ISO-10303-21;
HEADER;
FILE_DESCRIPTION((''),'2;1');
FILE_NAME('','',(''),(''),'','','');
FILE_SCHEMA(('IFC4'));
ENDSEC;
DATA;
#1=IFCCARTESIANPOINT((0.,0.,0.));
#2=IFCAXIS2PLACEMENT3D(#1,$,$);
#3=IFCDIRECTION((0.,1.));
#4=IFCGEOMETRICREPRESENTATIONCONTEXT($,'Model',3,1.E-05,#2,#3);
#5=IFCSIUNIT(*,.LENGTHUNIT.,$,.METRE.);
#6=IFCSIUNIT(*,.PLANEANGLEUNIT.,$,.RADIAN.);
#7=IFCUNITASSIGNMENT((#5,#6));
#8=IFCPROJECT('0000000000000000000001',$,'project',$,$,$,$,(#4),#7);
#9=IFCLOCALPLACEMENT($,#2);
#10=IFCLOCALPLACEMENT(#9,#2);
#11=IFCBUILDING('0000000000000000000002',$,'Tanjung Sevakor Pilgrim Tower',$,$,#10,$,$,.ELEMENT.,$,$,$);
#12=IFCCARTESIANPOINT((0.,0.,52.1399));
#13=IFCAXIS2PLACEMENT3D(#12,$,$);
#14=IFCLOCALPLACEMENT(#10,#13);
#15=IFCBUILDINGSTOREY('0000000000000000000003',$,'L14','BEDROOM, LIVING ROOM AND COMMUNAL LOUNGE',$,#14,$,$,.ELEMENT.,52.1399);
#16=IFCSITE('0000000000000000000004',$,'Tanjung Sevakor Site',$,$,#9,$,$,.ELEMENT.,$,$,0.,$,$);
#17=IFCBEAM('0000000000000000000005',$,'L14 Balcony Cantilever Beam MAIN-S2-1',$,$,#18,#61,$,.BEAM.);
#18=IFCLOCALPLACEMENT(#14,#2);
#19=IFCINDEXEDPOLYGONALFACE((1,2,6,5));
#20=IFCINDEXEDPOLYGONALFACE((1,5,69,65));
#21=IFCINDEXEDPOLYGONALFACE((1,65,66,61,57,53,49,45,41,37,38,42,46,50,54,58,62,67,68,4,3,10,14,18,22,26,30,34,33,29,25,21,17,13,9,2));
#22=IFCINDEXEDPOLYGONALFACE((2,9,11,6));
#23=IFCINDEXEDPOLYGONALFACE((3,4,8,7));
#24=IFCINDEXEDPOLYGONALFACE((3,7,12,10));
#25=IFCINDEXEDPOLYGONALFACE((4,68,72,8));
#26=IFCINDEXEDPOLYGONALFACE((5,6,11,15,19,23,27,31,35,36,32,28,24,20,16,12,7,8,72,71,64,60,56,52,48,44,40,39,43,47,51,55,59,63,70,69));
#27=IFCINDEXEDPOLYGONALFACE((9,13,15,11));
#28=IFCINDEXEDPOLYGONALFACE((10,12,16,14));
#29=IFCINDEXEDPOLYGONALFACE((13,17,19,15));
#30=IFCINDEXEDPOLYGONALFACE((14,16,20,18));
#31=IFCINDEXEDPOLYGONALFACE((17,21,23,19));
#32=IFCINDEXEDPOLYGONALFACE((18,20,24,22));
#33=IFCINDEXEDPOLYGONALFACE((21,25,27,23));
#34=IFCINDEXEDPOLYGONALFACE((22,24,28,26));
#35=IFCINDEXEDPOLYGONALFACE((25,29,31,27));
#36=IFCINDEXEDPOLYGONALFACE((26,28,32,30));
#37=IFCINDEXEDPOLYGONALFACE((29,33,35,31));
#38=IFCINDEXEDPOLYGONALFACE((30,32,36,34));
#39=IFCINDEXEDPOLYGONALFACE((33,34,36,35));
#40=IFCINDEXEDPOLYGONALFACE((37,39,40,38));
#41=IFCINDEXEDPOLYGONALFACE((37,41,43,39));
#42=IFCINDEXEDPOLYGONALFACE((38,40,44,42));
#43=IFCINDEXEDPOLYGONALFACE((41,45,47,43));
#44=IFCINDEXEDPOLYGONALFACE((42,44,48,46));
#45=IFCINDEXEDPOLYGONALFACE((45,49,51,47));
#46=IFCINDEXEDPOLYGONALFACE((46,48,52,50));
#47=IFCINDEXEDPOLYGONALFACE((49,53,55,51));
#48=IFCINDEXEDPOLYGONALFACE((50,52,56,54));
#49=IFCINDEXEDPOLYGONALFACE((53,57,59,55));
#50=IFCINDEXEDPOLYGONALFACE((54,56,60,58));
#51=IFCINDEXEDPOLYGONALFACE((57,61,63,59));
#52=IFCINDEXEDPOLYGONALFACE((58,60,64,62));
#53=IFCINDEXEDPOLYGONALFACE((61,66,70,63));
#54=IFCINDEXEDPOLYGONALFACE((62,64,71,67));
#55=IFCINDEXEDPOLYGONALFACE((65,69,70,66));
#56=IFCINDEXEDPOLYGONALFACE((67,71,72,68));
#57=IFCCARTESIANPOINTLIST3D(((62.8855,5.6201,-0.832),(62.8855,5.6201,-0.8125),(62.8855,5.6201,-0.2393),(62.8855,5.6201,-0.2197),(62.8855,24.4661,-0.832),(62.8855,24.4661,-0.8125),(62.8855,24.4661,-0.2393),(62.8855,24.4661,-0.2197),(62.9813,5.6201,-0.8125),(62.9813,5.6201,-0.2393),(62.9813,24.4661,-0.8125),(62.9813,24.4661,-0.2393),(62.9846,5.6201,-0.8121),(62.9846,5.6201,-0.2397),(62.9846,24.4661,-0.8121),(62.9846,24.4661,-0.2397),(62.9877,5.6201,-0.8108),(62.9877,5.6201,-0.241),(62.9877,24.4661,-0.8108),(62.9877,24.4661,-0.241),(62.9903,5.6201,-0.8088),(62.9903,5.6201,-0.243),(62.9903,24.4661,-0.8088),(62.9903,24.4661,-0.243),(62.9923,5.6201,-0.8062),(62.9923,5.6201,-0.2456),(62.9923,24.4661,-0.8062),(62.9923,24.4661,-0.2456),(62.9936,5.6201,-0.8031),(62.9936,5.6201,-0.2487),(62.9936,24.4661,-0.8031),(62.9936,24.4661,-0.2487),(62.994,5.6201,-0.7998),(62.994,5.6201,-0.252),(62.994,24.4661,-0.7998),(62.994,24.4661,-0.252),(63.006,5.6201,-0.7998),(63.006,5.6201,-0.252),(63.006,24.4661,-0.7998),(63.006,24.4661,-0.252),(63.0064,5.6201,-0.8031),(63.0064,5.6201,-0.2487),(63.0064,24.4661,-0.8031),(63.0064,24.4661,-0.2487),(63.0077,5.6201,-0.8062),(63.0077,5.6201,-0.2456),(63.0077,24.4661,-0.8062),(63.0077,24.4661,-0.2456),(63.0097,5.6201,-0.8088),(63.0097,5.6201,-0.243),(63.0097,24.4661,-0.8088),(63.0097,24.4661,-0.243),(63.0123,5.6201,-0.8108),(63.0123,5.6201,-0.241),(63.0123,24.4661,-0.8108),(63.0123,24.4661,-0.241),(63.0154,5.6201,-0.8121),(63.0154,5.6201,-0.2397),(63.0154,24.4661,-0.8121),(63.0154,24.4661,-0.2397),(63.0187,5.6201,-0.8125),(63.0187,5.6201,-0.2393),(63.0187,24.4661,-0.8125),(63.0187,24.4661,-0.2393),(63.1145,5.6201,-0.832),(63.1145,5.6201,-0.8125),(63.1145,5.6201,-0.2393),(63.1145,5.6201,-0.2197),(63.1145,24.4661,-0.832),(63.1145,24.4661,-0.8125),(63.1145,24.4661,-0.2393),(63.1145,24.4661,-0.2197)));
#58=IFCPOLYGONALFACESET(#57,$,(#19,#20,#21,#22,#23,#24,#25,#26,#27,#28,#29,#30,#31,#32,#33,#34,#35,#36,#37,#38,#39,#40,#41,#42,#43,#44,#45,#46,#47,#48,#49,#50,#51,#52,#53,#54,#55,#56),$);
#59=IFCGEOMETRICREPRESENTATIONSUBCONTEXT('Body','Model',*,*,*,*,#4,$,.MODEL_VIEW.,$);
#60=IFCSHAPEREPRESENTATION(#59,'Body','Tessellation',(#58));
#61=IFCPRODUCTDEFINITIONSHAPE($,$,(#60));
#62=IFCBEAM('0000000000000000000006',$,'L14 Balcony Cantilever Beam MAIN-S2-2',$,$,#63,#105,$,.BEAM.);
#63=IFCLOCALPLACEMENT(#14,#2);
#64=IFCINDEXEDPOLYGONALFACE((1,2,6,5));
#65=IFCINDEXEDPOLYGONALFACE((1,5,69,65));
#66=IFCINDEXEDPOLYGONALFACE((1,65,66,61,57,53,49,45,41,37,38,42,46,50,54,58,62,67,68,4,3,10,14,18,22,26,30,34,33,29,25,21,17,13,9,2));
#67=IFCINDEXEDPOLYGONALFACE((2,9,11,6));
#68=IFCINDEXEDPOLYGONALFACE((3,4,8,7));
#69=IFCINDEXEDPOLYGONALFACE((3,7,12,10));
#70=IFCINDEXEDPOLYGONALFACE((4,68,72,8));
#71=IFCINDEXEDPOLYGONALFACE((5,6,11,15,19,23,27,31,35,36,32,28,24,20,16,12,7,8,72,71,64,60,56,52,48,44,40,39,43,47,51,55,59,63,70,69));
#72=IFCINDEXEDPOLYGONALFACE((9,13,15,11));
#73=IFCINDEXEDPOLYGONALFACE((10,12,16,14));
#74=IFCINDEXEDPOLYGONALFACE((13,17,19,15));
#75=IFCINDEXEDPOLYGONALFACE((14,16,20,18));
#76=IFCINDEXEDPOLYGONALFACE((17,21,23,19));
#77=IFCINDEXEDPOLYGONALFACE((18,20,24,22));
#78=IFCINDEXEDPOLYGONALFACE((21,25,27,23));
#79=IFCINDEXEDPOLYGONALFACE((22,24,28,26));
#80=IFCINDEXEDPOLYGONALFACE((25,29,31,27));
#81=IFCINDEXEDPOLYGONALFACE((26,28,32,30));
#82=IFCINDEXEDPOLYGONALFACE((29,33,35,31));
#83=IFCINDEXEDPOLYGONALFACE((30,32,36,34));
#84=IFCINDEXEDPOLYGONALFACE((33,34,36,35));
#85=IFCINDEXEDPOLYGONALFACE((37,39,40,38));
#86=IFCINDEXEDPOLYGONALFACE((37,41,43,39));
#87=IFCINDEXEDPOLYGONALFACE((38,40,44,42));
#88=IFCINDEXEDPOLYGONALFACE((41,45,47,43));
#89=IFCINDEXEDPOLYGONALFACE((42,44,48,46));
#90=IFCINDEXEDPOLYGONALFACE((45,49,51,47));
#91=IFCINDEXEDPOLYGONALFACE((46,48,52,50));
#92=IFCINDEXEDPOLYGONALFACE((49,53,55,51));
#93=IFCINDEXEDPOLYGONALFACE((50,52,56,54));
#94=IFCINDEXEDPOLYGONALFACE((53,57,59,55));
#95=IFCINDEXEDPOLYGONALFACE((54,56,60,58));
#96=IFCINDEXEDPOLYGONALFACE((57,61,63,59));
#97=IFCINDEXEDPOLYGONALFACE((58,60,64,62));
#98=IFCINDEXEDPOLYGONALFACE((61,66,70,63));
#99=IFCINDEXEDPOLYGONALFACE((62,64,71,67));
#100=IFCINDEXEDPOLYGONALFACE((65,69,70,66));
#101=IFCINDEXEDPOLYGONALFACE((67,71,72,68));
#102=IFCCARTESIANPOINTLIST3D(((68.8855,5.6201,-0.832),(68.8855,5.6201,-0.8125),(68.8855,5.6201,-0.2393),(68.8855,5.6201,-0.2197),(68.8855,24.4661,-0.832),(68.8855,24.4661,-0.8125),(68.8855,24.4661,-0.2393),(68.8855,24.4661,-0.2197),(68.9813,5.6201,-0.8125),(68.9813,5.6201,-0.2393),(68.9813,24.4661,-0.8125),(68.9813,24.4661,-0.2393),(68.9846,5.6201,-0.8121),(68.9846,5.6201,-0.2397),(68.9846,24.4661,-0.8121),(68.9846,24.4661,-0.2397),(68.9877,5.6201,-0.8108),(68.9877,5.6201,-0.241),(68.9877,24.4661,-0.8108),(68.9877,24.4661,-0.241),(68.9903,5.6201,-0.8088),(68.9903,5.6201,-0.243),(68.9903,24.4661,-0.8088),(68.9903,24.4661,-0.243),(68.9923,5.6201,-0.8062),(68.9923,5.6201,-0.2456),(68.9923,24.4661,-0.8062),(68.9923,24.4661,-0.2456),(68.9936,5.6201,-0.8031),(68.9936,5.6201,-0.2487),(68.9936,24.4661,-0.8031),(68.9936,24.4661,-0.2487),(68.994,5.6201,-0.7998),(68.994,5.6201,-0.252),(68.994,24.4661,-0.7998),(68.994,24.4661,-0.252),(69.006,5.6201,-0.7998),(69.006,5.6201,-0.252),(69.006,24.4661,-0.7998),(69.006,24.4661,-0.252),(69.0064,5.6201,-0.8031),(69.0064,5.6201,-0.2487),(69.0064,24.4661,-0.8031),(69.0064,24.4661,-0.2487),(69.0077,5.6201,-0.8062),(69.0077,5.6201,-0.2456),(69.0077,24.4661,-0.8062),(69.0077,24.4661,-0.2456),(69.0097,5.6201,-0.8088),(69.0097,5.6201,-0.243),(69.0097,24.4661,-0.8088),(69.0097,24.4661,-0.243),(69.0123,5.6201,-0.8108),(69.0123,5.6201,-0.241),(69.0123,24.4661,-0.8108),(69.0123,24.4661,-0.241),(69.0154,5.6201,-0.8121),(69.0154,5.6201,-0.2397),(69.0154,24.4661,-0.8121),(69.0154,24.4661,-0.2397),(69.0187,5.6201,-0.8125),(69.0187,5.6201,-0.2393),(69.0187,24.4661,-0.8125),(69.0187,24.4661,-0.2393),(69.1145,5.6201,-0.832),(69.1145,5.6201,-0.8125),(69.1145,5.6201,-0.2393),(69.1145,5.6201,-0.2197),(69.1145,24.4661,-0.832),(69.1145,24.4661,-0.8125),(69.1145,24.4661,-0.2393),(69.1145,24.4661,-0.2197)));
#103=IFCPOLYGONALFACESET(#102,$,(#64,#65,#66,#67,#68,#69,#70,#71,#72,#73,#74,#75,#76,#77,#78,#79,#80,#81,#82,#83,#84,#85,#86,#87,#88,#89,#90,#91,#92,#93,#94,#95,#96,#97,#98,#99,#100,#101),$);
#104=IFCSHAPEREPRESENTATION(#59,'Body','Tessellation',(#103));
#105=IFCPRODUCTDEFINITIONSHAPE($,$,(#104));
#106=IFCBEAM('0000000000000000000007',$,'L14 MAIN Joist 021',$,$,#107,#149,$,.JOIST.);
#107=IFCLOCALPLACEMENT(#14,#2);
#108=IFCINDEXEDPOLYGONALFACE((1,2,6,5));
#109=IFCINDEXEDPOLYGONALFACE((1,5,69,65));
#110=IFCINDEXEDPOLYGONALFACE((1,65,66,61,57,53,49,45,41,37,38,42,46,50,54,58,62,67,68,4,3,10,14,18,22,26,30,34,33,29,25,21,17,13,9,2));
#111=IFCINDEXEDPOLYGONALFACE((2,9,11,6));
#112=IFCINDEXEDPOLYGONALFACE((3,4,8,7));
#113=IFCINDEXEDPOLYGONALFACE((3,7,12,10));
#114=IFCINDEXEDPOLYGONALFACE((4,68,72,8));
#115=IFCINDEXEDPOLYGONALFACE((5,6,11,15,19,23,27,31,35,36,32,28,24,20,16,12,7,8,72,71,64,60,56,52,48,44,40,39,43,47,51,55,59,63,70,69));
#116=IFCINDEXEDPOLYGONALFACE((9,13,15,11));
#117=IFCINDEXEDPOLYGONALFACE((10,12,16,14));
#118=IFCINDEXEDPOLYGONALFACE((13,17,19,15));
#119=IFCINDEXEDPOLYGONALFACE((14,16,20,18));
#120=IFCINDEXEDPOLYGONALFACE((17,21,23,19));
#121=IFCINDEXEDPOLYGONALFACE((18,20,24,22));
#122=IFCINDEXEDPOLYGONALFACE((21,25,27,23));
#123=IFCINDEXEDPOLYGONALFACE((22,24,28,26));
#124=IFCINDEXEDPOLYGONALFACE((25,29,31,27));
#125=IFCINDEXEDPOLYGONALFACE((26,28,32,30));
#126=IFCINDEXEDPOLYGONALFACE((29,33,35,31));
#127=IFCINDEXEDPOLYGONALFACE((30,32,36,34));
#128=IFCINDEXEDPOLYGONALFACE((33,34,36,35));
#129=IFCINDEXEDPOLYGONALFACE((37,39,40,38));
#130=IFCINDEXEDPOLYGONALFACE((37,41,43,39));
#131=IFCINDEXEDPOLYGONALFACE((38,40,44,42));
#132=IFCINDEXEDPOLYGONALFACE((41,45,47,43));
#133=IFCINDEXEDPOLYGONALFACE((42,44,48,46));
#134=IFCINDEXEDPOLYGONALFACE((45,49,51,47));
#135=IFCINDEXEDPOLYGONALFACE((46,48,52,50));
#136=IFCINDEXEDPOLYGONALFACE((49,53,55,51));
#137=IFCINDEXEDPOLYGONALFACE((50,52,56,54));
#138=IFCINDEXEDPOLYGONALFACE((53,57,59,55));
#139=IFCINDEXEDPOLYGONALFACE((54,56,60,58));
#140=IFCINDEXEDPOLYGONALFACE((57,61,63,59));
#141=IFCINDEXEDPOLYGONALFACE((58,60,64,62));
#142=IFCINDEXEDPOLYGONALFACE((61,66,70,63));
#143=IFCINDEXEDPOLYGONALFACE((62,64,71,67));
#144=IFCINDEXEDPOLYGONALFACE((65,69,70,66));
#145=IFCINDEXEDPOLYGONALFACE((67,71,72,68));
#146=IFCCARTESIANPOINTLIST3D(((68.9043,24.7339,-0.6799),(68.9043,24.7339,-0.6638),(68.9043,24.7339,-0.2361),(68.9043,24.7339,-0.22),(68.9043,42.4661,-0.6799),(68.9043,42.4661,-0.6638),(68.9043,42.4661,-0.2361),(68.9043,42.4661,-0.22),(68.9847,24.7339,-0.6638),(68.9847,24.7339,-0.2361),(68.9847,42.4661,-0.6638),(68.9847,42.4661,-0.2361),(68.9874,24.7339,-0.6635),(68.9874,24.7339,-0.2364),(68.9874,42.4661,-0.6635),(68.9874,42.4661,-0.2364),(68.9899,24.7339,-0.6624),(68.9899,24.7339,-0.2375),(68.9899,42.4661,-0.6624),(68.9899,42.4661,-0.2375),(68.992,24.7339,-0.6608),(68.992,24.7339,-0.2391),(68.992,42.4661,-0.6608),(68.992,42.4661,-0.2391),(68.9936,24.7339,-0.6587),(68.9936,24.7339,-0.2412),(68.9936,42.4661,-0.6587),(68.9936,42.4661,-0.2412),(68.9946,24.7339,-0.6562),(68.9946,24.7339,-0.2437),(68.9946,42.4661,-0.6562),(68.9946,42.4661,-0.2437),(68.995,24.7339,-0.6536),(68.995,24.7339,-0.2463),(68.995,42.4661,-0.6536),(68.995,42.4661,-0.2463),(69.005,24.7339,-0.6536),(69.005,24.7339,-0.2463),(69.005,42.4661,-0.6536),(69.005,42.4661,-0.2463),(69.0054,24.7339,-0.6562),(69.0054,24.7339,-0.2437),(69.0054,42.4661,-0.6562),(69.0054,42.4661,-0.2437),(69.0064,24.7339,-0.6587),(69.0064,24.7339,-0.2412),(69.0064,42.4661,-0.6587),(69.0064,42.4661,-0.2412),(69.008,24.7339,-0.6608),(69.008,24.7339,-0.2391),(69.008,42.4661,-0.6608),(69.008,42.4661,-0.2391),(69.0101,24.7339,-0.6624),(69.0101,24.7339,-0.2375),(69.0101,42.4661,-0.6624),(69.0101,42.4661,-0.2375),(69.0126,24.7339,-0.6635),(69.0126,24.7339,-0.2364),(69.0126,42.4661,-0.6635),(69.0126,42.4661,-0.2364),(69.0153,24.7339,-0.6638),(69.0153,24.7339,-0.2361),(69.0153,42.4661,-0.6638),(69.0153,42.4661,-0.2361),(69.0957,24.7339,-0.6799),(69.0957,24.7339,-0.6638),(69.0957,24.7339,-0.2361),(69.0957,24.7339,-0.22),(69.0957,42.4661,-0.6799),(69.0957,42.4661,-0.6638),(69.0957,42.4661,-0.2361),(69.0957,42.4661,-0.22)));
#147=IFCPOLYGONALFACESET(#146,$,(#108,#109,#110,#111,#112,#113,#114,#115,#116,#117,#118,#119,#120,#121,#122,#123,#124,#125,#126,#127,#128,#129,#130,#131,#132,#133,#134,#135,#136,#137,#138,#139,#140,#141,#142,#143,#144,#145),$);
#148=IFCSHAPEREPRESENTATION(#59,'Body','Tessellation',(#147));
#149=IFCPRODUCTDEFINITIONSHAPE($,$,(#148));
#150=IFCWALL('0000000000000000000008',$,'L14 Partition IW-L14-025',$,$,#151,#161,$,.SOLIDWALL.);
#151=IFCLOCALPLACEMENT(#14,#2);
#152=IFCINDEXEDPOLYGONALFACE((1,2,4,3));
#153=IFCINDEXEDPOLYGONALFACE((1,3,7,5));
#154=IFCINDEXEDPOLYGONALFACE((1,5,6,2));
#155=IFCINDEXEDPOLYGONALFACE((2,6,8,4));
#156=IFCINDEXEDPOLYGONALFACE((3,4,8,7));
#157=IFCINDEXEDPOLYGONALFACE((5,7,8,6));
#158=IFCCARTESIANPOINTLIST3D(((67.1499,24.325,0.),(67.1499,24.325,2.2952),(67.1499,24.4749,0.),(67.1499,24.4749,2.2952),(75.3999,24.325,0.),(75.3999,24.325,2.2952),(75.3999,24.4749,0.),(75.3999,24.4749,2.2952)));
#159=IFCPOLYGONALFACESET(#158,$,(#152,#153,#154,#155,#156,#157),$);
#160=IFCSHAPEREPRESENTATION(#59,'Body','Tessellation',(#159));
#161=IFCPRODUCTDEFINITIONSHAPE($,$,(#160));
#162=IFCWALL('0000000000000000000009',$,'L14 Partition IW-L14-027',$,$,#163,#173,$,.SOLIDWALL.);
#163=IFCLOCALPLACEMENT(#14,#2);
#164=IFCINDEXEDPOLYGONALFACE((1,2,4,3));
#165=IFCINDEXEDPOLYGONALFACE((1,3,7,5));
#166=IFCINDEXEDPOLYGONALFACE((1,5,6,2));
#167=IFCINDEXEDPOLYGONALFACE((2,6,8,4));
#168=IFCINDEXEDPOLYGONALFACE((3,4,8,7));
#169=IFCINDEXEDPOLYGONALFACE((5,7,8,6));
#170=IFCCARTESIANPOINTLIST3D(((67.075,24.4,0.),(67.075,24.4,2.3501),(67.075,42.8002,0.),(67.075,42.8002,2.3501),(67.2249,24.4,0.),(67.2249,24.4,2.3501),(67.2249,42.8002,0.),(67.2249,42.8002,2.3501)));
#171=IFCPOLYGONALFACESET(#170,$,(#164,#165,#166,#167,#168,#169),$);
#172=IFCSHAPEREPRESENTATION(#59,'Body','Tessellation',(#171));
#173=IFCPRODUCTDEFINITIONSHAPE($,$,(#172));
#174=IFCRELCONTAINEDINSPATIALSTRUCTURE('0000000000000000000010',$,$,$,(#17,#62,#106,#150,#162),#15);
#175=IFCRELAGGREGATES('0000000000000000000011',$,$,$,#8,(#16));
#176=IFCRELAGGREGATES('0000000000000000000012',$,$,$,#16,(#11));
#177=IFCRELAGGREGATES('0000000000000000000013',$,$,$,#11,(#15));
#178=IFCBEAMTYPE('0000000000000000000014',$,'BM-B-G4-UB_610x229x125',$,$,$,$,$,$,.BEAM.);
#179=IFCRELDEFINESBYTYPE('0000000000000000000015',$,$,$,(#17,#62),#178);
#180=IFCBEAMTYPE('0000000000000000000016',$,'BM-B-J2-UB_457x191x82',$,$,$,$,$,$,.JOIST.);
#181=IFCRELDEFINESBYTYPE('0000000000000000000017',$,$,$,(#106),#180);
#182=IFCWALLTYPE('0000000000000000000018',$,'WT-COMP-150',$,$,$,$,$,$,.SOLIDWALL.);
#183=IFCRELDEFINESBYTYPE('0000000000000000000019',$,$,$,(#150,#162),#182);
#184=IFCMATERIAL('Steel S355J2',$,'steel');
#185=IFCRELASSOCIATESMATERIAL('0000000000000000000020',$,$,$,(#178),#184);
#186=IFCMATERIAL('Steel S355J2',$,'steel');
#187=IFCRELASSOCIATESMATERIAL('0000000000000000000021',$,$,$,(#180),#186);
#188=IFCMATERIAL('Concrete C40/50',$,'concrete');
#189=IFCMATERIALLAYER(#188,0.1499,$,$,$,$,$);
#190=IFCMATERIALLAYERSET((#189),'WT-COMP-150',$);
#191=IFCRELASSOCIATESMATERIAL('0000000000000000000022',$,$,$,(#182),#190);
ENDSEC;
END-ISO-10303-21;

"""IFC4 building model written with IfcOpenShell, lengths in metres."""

from ifc_helpers import new_model, si_unit, direction, frame, frame_2d, origin, origin_2d, place, context, subcontext, project, spatial, rectangle, i_section, extrude, material, layer, layer_set, material_profile, profile_set, type_object, element, save


model = new_model("IFC4")

# Units and contexts
model_context = context("Model", 3, precision=1e-05, world=origin(), true_north=direction((0.0, 1.0)))
body_context = subcontext(model_context, "Body", "Model", "MODEL_VIEW")
ifc_project = project(units=[si_unit("LENGTHUNIT", "METRE"), si_unit("PLANEANGLEUNIT", "RADIAN")], contexts=[model_context])

# Site, building, storey
site_placement = place(None, origin())
site = spatial("IfcSite", under=ifc_project, at=site_placement, Name="Tanjung Sevakor Site", CompositionType="ELEMENT", RefElevation=0.0)
building_placement = place(site_placement, origin())
building = spatial("IfcBuilding", under=site, at=building_placement, Name="Tanjung Sevakor Pilgrim Tower", CompositionType="ELEMENT")
storey_placement = place(building_placement, frame((0.0, 0.0, 52.1399)))
storey = spatial("IfcBuildingStorey", under=building, at=storey_placement, Name="L14", Description="BEDROOM, LIVING ROOM AND COMMUNAL LOUNGE", CompositionType="ELEMENT", Elevation=52.1399)

# Beams
ifc_material_1 = material(Name="Steel S355J2", Category="steel")
ifc_material_profile_1 = material_profile(ifc_material_1, i_section(OverallWidth=0.229, OverallDepth=0.6123, WebThickness=0.012, FlangeThickness=0.0195, FilletRadius=0.0127, at=origin_2d()))
ifc_profile_set_1 = profile_set([ifc_material_profile_1], Name="Steel S355J2")
beam_type_1 = type_object("IfcBeamType", Name="BM-B-G4-UB_610x229x125", PredefinedType="BEAM", material=ifc_profile_set_1)
for number, where, z_axis, x_axis, name in (
    (1, (63.0, 24.4661, -0.5259), (0.0, -1.0, 0.0), (1.0, 0.0, 0.0), "L14 Balcony Cantilever Beam MAIN-S2-1"),
    (2, (69.0, 24.4661, -0.5259), (0.0, -1.0, 0.0), (1.0, 0.0, 0.0), "L14 Balcony Cantilever Beam MAIN-S2-2"),
):
    element("IfcBeam", number, at=place(storey_placement, frame(where, z_axis=z_axis, x_axis=x_axis)), inside=storey, type_object=beam_type_1, Name=name, PredefinedType="BEAM", context=body_context, shape_type="SweptSolid", body=[
        extrude(i_section(OverallWidth=0.229, OverallDepth=0.6123, WebThickness=0.012, FlangeThickness=0.0195, FilletRadius=0.0127, at=origin_2d()), origin(), (0.0, 0.0, 1.0), 18.8459),
    ])
ifc_material_2 = material(Name="Steel S355J2", Category="steel")
ifc_material_profile_2 = material_profile(ifc_material_2, i_section(OverallWidth=0.1914, OverallDepth=0.46, WebThickness=0.01, FlangeThickness=0.0161, FilletRadius=0.0103, at=origin_2d()))
ifc_profile_set_2 = profile_set([ifc_material_profile_2], Name="Steel S355J2")
beam_type_2 = type_object("IfcBeamType", Name="BM-B-J2-UB_457x191x82", PredefinedType="JOIST", material=ifc_profile_set_2)
beam_placement = place(storey_placement, frame((69.0, 24.7339, -0.45), z_axis=(0.0, 1.0, 0.0), x_axis=(-1.0, 0.0, 0.0)))
element("IfcBeam", 3, at=beam_placement, inside=storey, type_object=beam_type_2, Name="L14 MAIN Joist 021", PredefinedType="JOIST", context=body_context, shape_type="SweptSolid", body=[
    extrude(i_section(OverallWidth=0.1914, OverallDepth=0.46, WebThickness=0.01, FlangeThickness=0.0161, FilletRadius=0.0103, at=origin_2d()), origin(), (0.0, 0.0, 1.0), 17.7322),
])

# Walls
ifc_material_3 = material(Name="Concrete C40/50", Category="concrete")
ifc_layer_1 = layer(ifc_material_3, 0.1499)
ifc_layer_set_1 = layer_set([ifc_layer_1], Name="WT-COMP-150")
wall_type_1 = type_object("IfcWallType", Name="WT-COMP-150", PredefinedType="SOLIDWALL", material=ifc_layer_set_1)
wall_1_placement = place(storey_placement, frame((67.1499, 24.3999, 0.0), z_axis=(0.0, 0.0, 1.0), x_axis=(1.0, 0.0, 0.0)))
element("IfcWall", 4, at=wall_1_placement, inside=storey, type_object=wall_type_1, Name="L14 Partition IW-L14-025", PredefinedType="SOLIDWALL", context=body_context, shape_type="SweptSolid", body=[
    extrude(rectangle(XDim=8.25, YDim=0.1499, at=frame_2d((4.125, 0.0))), origin(), (0.0, 0.0, 1.0), 2.2952),
])
wall_2_placement = place(storey_placement, frame((67.1499, 24.3999, 0.0), z_axis=(0.0, 0.0, 1.0), x_axis=(0.0, 1.0, 0.0)))
element("IfcWall", 5, at=wall_2_placement, inside=storey, type_object=wall_type_1, Name="L14 Partition IW-L14-027", PredefinedType="SOLIDWALL", context=body_context, shape_type="SweptSolid", body=[
    extrude(rectangle(XDim=18.4001, YDim=0.1499, at=frame_2d((9.2002, 0.0))), origin(), (0.0, 0.0, 1.0), 2.3501),
])

save(model, "model.ifc")
